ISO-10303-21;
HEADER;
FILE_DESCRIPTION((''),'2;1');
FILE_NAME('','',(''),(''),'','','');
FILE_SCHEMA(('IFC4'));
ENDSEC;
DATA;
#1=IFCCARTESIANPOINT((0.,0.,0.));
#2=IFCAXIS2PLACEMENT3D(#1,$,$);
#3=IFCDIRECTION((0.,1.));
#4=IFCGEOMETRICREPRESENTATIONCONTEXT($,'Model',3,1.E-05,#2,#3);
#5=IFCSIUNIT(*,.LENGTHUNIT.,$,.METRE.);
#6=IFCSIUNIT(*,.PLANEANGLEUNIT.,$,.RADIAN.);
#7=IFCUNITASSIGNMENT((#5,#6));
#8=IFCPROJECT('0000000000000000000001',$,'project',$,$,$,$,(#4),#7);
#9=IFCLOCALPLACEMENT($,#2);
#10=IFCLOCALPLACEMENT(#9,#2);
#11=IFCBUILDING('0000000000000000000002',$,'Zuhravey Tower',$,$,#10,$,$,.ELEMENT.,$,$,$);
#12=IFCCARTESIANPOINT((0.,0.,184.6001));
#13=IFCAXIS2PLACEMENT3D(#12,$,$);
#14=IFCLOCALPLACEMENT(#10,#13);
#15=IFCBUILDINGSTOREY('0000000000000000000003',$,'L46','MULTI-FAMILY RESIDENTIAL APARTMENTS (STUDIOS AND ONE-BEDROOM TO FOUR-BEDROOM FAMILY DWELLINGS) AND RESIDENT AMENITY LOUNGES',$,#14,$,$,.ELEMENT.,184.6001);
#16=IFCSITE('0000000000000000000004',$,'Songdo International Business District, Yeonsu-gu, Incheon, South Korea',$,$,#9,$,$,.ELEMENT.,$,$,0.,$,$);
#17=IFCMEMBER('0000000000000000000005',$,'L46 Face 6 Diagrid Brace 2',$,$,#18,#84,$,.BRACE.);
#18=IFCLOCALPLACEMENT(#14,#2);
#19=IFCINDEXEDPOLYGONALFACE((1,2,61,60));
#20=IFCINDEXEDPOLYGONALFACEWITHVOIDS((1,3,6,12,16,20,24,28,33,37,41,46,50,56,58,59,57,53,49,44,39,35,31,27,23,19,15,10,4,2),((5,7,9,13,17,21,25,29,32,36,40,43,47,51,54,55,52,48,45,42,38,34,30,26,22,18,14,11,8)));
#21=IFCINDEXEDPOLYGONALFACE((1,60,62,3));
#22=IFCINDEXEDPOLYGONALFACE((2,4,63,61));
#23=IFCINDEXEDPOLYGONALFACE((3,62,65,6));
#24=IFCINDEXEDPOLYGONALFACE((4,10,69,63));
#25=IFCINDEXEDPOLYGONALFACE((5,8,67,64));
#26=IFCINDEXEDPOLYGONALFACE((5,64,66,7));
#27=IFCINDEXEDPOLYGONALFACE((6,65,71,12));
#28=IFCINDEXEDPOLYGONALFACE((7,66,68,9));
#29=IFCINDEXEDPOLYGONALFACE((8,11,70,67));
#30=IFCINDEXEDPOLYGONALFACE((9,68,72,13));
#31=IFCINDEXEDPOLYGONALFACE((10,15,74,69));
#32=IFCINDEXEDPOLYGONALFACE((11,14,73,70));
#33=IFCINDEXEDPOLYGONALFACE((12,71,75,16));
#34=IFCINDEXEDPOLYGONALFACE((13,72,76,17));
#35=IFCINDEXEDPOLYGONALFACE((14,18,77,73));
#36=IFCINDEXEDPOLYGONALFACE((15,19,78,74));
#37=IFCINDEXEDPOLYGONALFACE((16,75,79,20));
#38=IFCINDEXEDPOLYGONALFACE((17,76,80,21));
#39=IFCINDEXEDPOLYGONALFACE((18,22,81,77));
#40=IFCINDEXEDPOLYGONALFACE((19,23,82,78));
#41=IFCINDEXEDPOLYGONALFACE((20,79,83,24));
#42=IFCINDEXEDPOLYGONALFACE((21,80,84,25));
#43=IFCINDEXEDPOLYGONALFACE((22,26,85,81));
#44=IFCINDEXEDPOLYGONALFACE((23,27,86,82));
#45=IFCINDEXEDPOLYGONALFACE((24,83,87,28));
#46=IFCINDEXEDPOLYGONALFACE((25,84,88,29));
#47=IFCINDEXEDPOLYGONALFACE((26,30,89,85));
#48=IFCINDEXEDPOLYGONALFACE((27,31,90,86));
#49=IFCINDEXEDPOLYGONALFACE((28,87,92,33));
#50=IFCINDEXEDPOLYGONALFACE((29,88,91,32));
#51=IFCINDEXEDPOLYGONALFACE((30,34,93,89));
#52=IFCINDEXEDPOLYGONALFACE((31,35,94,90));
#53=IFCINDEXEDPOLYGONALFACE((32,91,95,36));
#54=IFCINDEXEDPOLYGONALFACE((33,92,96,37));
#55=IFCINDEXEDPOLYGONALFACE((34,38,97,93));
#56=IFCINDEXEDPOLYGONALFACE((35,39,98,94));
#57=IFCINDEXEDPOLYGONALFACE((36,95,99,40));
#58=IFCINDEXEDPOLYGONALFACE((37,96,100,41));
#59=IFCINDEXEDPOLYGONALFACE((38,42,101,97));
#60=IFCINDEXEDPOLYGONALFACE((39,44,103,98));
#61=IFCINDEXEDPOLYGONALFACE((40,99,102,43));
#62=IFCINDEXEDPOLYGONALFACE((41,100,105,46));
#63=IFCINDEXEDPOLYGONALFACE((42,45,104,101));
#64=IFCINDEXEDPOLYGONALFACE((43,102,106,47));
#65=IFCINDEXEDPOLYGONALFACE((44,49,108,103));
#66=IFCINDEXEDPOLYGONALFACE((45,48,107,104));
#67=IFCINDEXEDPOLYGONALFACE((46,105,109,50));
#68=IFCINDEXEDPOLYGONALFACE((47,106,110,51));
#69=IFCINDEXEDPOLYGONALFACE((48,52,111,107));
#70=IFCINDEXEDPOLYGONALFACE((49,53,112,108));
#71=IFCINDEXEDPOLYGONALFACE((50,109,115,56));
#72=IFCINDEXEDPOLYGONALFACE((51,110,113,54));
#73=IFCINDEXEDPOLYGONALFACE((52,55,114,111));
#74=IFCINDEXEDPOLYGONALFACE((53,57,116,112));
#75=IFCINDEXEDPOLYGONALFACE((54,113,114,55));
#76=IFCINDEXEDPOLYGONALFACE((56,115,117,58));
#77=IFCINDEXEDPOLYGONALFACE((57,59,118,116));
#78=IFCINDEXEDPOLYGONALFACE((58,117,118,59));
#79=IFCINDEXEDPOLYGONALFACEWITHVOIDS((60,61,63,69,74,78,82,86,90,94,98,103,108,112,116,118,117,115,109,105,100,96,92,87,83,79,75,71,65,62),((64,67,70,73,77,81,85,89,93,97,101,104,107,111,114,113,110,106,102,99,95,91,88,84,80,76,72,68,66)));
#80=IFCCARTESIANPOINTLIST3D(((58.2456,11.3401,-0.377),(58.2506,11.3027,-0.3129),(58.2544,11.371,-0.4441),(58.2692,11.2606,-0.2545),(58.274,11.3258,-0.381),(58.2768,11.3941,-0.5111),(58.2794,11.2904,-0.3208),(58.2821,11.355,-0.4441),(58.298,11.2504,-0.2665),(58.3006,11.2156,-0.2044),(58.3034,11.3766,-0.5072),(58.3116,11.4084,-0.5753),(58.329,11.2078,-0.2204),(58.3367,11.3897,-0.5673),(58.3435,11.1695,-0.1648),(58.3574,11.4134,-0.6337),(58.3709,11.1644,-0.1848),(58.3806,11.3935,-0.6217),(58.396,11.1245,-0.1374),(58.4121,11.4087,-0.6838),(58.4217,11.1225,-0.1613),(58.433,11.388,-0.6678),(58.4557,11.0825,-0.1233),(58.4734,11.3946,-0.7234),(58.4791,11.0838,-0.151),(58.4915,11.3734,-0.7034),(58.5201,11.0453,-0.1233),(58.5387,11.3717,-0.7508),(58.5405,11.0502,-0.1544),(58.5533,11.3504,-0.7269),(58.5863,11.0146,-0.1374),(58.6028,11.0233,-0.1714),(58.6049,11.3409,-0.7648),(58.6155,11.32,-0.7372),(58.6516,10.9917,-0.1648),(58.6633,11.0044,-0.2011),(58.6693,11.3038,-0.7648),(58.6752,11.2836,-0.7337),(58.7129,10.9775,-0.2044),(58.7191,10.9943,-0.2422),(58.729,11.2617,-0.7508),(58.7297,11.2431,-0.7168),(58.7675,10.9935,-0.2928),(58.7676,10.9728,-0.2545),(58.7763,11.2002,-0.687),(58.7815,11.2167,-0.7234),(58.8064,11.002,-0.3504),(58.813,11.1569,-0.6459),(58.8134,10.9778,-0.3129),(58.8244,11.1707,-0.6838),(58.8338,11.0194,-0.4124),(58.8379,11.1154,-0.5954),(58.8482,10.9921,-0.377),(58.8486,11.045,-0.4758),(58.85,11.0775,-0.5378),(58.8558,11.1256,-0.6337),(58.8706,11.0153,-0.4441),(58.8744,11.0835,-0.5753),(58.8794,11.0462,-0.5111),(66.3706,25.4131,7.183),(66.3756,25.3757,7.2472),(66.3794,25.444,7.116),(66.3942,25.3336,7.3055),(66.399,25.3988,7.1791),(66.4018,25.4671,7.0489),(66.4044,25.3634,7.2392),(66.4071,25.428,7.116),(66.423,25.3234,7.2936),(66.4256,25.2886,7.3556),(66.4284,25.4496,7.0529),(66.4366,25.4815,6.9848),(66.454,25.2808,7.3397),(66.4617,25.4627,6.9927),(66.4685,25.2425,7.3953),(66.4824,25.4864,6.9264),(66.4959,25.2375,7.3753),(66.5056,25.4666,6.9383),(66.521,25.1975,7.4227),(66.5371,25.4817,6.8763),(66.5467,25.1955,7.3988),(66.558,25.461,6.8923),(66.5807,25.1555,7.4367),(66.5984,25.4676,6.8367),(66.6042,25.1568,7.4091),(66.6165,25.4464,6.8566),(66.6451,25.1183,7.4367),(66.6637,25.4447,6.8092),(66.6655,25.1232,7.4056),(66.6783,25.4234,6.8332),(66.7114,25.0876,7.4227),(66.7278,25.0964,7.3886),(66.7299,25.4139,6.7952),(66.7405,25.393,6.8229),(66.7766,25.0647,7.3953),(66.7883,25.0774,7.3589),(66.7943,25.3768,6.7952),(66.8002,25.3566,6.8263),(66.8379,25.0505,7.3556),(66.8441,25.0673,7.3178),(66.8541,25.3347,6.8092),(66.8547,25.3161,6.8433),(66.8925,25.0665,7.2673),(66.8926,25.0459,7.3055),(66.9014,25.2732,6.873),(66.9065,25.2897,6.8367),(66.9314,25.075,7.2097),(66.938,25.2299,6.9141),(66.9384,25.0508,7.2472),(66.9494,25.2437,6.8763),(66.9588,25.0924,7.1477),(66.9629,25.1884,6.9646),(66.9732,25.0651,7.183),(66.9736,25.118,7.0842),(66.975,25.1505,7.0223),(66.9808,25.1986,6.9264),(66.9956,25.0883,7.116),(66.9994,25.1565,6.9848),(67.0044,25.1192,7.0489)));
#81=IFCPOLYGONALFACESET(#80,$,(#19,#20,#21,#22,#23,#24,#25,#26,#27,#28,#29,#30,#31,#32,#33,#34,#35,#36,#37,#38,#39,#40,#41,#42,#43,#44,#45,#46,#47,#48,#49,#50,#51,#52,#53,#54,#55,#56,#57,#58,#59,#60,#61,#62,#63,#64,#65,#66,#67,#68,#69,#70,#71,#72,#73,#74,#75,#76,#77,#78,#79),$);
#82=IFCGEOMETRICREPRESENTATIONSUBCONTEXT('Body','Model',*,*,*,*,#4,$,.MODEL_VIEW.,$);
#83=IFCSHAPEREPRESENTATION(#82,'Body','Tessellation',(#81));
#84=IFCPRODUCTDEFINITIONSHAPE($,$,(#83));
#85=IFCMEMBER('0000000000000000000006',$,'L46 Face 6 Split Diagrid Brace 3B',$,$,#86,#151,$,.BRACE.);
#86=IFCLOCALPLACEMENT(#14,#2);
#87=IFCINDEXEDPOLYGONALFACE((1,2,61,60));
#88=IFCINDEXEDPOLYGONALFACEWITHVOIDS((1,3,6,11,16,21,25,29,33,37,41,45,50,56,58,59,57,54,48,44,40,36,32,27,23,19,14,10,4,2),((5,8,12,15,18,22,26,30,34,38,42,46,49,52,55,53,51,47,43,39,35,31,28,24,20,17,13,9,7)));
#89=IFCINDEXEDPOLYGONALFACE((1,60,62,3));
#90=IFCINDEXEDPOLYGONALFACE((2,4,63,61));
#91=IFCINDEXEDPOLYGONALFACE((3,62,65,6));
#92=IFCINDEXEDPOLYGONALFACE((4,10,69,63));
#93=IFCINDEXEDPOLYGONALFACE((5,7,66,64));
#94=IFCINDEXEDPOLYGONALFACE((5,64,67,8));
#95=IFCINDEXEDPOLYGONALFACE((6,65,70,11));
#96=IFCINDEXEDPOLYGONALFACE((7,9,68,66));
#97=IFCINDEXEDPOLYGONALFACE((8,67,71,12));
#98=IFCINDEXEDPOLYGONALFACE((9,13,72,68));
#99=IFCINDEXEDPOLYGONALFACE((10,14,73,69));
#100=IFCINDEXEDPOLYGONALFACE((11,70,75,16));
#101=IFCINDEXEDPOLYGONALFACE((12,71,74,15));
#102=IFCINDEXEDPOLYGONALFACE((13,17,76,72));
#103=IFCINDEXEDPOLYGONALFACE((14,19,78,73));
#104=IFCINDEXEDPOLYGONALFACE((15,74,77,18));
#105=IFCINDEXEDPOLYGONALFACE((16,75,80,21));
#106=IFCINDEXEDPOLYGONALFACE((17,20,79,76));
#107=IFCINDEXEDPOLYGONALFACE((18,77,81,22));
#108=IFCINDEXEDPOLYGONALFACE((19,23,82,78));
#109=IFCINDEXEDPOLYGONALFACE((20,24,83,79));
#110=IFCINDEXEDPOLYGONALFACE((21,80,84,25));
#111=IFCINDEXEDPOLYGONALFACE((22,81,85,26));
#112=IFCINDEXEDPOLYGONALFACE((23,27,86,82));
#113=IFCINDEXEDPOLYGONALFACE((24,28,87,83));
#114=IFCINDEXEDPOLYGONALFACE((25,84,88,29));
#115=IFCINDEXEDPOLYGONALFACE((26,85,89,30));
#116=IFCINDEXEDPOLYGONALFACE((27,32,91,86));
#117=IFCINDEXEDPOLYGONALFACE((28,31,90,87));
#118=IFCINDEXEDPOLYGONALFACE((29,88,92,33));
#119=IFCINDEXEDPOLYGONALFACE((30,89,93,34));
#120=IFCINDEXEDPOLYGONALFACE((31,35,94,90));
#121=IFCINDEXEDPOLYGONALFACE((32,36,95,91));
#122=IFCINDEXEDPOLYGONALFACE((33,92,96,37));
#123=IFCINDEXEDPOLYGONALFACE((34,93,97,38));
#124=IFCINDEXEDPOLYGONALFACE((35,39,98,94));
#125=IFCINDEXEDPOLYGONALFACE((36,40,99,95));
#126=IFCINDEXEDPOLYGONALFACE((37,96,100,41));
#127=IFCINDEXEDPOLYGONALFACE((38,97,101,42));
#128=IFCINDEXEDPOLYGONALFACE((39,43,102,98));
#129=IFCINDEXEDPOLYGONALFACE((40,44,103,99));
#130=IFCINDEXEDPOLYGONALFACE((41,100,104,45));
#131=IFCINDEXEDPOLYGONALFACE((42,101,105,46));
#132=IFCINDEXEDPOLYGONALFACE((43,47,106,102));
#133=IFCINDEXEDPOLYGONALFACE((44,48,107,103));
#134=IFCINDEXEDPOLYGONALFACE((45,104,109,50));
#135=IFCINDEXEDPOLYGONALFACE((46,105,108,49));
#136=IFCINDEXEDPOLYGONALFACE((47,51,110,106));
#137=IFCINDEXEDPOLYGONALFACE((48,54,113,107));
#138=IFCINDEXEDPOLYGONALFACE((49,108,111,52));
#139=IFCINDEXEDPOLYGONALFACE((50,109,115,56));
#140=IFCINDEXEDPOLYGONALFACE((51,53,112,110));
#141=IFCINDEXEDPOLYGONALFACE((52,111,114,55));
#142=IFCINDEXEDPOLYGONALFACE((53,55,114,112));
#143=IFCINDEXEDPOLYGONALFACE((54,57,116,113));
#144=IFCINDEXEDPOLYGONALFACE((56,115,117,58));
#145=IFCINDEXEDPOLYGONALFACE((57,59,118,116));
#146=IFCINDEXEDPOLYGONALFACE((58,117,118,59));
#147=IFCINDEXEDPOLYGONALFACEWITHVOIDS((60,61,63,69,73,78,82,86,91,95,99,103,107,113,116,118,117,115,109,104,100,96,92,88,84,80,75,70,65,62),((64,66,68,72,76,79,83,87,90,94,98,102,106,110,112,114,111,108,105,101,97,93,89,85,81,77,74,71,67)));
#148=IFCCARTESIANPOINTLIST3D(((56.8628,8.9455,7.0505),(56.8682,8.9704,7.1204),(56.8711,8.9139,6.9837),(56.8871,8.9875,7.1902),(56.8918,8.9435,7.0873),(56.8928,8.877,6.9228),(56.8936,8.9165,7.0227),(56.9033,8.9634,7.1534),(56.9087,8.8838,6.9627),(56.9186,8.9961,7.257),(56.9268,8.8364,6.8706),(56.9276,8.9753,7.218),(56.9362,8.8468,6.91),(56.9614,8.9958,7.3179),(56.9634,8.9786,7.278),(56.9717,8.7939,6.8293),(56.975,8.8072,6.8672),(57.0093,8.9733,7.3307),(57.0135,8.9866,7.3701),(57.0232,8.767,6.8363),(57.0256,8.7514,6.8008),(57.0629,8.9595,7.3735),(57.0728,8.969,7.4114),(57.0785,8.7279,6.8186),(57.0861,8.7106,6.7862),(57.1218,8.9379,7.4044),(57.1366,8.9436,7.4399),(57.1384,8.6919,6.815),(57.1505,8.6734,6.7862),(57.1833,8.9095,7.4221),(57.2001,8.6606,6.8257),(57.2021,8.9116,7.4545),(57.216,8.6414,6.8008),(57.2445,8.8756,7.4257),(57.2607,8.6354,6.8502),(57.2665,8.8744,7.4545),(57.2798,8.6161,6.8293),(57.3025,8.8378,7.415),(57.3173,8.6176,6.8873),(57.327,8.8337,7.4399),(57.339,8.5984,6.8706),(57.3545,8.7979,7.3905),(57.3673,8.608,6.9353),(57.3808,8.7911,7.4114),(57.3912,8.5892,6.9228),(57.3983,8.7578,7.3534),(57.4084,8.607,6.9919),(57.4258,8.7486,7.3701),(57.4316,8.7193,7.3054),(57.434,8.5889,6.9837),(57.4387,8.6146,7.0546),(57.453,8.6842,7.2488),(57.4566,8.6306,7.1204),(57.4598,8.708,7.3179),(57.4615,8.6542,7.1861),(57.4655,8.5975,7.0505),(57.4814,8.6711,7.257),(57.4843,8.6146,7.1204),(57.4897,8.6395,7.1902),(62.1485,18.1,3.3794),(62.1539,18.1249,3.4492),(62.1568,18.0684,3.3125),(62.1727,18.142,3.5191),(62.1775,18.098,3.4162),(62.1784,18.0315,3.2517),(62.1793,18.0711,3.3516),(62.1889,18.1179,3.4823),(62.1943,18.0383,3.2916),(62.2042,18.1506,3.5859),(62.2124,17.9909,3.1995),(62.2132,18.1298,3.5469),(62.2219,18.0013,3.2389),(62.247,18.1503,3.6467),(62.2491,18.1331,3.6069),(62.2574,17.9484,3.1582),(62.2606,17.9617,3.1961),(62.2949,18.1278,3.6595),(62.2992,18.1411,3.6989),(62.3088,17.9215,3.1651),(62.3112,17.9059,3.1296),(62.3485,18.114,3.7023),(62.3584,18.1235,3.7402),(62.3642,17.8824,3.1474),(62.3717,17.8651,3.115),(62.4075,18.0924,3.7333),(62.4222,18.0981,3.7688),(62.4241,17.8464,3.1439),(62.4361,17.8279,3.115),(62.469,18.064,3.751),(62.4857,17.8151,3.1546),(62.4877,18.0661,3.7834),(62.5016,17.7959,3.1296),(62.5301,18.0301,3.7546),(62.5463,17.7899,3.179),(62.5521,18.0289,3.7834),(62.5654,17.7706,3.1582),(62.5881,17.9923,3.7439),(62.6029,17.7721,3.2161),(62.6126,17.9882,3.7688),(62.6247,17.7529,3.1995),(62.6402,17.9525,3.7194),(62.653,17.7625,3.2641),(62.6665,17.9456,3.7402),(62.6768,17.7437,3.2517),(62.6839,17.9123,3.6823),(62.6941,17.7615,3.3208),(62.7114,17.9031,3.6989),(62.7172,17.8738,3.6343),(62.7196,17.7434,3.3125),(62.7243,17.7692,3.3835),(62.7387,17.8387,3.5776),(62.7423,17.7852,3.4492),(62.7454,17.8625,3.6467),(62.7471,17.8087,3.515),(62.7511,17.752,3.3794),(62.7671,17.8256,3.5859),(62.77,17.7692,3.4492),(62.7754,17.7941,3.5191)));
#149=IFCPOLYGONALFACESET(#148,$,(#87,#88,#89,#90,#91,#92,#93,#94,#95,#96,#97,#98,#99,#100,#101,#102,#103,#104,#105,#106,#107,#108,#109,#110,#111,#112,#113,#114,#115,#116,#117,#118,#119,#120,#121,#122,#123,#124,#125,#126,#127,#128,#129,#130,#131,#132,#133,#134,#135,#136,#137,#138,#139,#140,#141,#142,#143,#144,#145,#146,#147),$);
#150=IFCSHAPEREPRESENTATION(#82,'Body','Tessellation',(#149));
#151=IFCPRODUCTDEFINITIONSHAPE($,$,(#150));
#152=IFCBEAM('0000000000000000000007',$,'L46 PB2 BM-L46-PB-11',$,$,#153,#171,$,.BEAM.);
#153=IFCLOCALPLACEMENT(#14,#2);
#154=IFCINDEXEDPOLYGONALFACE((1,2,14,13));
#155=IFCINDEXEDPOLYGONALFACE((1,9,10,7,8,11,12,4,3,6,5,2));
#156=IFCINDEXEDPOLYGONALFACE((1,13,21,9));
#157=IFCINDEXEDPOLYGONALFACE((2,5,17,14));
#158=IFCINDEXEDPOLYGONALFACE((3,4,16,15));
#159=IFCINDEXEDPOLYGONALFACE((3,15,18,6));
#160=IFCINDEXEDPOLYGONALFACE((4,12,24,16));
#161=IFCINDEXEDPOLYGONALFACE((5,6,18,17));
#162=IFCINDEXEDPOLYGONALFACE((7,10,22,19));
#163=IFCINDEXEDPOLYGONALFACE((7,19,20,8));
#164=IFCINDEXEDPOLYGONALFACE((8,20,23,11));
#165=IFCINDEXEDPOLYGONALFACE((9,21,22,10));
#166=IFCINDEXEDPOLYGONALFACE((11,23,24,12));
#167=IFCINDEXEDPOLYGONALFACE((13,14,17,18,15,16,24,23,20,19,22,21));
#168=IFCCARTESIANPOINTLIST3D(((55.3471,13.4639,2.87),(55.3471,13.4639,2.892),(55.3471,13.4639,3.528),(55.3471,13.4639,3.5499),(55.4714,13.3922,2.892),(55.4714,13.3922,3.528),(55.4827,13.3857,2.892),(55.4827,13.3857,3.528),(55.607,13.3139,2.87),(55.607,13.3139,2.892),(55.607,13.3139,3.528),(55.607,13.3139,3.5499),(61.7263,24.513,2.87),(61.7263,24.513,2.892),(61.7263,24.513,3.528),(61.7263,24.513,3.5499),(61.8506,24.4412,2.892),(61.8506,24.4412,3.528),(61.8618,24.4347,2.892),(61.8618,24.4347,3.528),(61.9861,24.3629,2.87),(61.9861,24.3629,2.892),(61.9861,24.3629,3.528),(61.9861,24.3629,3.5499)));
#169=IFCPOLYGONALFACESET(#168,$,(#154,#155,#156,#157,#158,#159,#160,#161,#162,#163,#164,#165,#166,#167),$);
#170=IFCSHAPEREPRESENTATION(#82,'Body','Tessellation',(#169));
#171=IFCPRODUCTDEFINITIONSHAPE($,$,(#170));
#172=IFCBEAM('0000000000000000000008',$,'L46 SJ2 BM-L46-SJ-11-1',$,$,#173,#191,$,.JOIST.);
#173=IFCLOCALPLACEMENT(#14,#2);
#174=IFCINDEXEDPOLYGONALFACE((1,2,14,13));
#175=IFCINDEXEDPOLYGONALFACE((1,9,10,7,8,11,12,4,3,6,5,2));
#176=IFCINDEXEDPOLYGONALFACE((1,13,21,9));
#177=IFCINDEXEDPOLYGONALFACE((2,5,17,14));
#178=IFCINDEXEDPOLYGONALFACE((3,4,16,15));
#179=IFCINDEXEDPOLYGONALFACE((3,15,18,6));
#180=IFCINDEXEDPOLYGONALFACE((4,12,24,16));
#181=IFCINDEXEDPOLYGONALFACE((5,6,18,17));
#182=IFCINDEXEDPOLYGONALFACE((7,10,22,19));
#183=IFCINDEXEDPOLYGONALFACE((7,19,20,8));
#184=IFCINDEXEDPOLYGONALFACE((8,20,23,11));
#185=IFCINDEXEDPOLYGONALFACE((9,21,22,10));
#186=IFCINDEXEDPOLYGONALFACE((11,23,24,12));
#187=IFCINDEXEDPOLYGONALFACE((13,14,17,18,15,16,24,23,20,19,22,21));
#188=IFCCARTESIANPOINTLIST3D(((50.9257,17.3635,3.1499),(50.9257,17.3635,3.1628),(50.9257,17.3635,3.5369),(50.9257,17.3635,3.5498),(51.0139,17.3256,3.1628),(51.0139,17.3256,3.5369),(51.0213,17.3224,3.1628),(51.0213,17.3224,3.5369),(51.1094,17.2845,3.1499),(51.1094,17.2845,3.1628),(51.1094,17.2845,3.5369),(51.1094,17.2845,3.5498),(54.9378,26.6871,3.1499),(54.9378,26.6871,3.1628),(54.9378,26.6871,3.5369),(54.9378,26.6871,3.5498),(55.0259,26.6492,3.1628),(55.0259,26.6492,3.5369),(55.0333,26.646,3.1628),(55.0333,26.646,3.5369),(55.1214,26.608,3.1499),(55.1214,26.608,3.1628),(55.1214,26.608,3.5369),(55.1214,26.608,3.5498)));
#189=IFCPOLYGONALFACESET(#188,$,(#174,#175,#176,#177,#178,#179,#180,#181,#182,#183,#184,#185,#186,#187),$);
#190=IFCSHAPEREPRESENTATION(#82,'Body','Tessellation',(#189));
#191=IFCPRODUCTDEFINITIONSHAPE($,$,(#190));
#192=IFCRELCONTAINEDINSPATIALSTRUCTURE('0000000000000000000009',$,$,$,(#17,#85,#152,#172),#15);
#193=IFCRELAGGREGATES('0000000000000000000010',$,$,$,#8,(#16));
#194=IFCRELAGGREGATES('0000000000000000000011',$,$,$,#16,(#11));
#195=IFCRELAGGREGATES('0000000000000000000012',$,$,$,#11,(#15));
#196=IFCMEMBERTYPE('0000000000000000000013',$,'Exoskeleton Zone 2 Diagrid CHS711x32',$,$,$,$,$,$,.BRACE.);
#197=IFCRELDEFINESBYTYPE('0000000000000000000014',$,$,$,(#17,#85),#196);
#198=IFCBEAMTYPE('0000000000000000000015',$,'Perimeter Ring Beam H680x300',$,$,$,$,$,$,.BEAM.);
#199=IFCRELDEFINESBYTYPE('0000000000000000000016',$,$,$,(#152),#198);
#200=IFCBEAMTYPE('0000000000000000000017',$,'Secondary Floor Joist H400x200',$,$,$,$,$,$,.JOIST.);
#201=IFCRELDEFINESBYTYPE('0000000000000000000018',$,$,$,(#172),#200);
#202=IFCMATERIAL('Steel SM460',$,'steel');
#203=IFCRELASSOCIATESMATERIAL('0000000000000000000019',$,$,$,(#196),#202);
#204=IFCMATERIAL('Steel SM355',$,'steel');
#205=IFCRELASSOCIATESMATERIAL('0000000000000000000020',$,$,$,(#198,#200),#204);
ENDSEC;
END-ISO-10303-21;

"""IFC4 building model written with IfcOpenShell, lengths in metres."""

from ifc_helpers import new_model, si_unit, direction, frame, origin, origin_2d, place, context, subcontext, project, spatial, hollow_circle, i_section, extrude, material, material_profile, profile_set, type_object, element, save


model = new_model("IFC4")

# Units and contexts
model_context = context("Model", 3, precision=1e-05, world=origin(), true_north=direction((0.0, 1.0)))
body_context = subcontext(model_context, "Body", "Model", "MODEL_VIEW")
ifc_project = project(units=[si_unit("LENGTHUNIT", "METRE"), si_unit("PLANEANGLEUNIT", "RADIAN")], contexts=[model_context])

# Site, building, storey
site_placement = place(None, origin())
site = spatial("IfcSite", under=ifc_project, at=site_placement, Name="Songdo International Business District, Yeonsu-gu, Incheon, South Korea", CompositionType="ELEMENT", RefElevation=0.0)
building_placement = place(site_placement, origin())
building = spatial("IfcBuilding", under=site, at=building_placement, Name="Zuhravey Tower", CompositionType="ELEMENT")
storey_placement = place(building_placement, frame((0.0, 0.0, 184.6001)))
storey = spatial("IfcBuildingStorey", under=building, at=storey_placement, Name="L46", Description="MULTI-FAMILY RESIDENTIAL APARTMENTS (STUDIOS AND ONE-BEDROOM TO FOUR-BEDROOM FAMILY DWELLINGS) AND RESIDENT AMENITY LOUNGES", CompositionType="ELEMENT", Elevation=184.6001)

# Members
ifc_material_1 = material(Name="Steel SM355", Category="steel")
ifc_material_2 = material(Name="Steel SM460", Category="steel")
ifc_material_profile_1 = material_profile(ifc_material_2, hollow_circle(Radius=0.3557, WallThickness=0.032, at=origin_2d()), Name="CHS-711.2x32")
ifc_profile_set_1 = profile_set([ifc_material_profile_1], Name="Steel SM460")
member_type_1 = type_object("IfcMemberType", Name="Exoskeleton Zone 2 Diagrid CHS711x32", PredefinedType="BRACE", material=ifc_profile_set_1)
member_1_placement = place(storey_placement, frame((58.5625, 11.1931, -0.4441), z_axis=(0.453338, 0.78521, 0.421817), x_axis=(-0.866027, 0.499998, 0.0)))
element("IfcMember", 1, at=member_1_placement, inside=storey, type_object=member_type_1, Name="L46 Face 6 Diagrid Brace 2", PredefinedType="BRACE", context=body_context, shape_type="SweptSolid", body=[
    extrude(hollow_circle(Radius=0.3557, WallThickness=0.032, at=origin_2d()), origin(), (0.0, 0.0, 1.0), 17.9226),
])
member_2_placement = place(storey_placement, frame((62.4619, 17.947, 3.4492), z_axis=(-0.472345, -0.818084, 0.328067), x_axis=(0.866014, -0.500019, 0.0)))
element("IfcMember", 2, at=member_2_placement, inside=storey, type_object=member_type_1, Name="L46 Face 6 Split Diagrid Brace 3B", PredefinedType="BRACE", context=body_context, shape_type="SweptSolid", body=[
    extrude(hollow_circle(Radius=0.3557, WallThickness=0.032, at=origin_2d()), origin(), (0.0, 0.0, 1.0), 11.1902),
])

# Beams
ifc_material_profile_2 = material_profile(ifc_material_1, i_section(OverallWidth=0.3, OverallDepth=0.6799, WebThickness=0.0129, FlangeThickness=0.022, at=origin_2d()), Name="H-680x300x13x22")
ifc_profile_set_2 = profile_set([ifc_material_profile_2], Name="Steel SM355")
beam_type_1 = type_object("IfcBeamType", Name="Perimeter Ring Beam H680x300", PredefinedType="BEAM", material=ifc_profile_set_2)
beam_1_placement = place(storey_placement, frame((55.4771, 13.3889, 3.21), z_axis=(0.499998, 0.866027, 0.0), x_axis=(-0.866027, 0.499998, 0.0)))
element("IfcBeam", 3, at=beam_1_placement, inside=storey, type_object=beam_type_1, Name="L46 PB2 BM-L46-PB-11", PredefinedType="BEAM", context=body_context, shape_type="SweptSolid", body=[
    extrude(i_section(OverallWidth=0.3, OverallDepth=0.6799, WebThickness=0.0129, FlangeThickness=0.022, at=origin_2d()), origin(), (0.0, 0.0, 1.0), 12.7583),
])
ifc_material_profile_3 = material_profile(ifc_material_1, i_section(OverallWidth=0.2, OverallDepth=0.3999, WebThickness=0.0081, FlangeThickness=0.0129, at=origin_2d()), Name="H-400x200x8x13")
ifc_profile_set_3 = profile_set([ifc_material_profile_3], Name="Steel SM355")
beam_type_2 = type_object("IfcBeamType", Name="Secondary Floor Joist H400x200", PredefinedType="JOIST", material=ifc_profile_set_3)
beam_2_placement = place(storey_placement, frame((51.0176, 17.324, 3.3499), z_axis=(0.395266, 0.918567, 0.0), x_axis=(-0.918567, 0.395266, 0.0)))
element("IfcBeam", 4, at=beam_2_placement, inside=storey, type_object=beam_type_2, Name="L46 SJ2 BM-L46-SJ-11-1", PredefinedType="JOIST", context=body_context, shape_type="SweptSolid", body=[
    extrude(i_section(OverallWidth=0.2, OverallDepth=0.3999, WebThickness=0.0081, FlangeThickness=0.0129, at=origin_2d()), origin(), (0.0, 0.0, 1.0), 10.1501),
])

save(model, "model.ifc")
